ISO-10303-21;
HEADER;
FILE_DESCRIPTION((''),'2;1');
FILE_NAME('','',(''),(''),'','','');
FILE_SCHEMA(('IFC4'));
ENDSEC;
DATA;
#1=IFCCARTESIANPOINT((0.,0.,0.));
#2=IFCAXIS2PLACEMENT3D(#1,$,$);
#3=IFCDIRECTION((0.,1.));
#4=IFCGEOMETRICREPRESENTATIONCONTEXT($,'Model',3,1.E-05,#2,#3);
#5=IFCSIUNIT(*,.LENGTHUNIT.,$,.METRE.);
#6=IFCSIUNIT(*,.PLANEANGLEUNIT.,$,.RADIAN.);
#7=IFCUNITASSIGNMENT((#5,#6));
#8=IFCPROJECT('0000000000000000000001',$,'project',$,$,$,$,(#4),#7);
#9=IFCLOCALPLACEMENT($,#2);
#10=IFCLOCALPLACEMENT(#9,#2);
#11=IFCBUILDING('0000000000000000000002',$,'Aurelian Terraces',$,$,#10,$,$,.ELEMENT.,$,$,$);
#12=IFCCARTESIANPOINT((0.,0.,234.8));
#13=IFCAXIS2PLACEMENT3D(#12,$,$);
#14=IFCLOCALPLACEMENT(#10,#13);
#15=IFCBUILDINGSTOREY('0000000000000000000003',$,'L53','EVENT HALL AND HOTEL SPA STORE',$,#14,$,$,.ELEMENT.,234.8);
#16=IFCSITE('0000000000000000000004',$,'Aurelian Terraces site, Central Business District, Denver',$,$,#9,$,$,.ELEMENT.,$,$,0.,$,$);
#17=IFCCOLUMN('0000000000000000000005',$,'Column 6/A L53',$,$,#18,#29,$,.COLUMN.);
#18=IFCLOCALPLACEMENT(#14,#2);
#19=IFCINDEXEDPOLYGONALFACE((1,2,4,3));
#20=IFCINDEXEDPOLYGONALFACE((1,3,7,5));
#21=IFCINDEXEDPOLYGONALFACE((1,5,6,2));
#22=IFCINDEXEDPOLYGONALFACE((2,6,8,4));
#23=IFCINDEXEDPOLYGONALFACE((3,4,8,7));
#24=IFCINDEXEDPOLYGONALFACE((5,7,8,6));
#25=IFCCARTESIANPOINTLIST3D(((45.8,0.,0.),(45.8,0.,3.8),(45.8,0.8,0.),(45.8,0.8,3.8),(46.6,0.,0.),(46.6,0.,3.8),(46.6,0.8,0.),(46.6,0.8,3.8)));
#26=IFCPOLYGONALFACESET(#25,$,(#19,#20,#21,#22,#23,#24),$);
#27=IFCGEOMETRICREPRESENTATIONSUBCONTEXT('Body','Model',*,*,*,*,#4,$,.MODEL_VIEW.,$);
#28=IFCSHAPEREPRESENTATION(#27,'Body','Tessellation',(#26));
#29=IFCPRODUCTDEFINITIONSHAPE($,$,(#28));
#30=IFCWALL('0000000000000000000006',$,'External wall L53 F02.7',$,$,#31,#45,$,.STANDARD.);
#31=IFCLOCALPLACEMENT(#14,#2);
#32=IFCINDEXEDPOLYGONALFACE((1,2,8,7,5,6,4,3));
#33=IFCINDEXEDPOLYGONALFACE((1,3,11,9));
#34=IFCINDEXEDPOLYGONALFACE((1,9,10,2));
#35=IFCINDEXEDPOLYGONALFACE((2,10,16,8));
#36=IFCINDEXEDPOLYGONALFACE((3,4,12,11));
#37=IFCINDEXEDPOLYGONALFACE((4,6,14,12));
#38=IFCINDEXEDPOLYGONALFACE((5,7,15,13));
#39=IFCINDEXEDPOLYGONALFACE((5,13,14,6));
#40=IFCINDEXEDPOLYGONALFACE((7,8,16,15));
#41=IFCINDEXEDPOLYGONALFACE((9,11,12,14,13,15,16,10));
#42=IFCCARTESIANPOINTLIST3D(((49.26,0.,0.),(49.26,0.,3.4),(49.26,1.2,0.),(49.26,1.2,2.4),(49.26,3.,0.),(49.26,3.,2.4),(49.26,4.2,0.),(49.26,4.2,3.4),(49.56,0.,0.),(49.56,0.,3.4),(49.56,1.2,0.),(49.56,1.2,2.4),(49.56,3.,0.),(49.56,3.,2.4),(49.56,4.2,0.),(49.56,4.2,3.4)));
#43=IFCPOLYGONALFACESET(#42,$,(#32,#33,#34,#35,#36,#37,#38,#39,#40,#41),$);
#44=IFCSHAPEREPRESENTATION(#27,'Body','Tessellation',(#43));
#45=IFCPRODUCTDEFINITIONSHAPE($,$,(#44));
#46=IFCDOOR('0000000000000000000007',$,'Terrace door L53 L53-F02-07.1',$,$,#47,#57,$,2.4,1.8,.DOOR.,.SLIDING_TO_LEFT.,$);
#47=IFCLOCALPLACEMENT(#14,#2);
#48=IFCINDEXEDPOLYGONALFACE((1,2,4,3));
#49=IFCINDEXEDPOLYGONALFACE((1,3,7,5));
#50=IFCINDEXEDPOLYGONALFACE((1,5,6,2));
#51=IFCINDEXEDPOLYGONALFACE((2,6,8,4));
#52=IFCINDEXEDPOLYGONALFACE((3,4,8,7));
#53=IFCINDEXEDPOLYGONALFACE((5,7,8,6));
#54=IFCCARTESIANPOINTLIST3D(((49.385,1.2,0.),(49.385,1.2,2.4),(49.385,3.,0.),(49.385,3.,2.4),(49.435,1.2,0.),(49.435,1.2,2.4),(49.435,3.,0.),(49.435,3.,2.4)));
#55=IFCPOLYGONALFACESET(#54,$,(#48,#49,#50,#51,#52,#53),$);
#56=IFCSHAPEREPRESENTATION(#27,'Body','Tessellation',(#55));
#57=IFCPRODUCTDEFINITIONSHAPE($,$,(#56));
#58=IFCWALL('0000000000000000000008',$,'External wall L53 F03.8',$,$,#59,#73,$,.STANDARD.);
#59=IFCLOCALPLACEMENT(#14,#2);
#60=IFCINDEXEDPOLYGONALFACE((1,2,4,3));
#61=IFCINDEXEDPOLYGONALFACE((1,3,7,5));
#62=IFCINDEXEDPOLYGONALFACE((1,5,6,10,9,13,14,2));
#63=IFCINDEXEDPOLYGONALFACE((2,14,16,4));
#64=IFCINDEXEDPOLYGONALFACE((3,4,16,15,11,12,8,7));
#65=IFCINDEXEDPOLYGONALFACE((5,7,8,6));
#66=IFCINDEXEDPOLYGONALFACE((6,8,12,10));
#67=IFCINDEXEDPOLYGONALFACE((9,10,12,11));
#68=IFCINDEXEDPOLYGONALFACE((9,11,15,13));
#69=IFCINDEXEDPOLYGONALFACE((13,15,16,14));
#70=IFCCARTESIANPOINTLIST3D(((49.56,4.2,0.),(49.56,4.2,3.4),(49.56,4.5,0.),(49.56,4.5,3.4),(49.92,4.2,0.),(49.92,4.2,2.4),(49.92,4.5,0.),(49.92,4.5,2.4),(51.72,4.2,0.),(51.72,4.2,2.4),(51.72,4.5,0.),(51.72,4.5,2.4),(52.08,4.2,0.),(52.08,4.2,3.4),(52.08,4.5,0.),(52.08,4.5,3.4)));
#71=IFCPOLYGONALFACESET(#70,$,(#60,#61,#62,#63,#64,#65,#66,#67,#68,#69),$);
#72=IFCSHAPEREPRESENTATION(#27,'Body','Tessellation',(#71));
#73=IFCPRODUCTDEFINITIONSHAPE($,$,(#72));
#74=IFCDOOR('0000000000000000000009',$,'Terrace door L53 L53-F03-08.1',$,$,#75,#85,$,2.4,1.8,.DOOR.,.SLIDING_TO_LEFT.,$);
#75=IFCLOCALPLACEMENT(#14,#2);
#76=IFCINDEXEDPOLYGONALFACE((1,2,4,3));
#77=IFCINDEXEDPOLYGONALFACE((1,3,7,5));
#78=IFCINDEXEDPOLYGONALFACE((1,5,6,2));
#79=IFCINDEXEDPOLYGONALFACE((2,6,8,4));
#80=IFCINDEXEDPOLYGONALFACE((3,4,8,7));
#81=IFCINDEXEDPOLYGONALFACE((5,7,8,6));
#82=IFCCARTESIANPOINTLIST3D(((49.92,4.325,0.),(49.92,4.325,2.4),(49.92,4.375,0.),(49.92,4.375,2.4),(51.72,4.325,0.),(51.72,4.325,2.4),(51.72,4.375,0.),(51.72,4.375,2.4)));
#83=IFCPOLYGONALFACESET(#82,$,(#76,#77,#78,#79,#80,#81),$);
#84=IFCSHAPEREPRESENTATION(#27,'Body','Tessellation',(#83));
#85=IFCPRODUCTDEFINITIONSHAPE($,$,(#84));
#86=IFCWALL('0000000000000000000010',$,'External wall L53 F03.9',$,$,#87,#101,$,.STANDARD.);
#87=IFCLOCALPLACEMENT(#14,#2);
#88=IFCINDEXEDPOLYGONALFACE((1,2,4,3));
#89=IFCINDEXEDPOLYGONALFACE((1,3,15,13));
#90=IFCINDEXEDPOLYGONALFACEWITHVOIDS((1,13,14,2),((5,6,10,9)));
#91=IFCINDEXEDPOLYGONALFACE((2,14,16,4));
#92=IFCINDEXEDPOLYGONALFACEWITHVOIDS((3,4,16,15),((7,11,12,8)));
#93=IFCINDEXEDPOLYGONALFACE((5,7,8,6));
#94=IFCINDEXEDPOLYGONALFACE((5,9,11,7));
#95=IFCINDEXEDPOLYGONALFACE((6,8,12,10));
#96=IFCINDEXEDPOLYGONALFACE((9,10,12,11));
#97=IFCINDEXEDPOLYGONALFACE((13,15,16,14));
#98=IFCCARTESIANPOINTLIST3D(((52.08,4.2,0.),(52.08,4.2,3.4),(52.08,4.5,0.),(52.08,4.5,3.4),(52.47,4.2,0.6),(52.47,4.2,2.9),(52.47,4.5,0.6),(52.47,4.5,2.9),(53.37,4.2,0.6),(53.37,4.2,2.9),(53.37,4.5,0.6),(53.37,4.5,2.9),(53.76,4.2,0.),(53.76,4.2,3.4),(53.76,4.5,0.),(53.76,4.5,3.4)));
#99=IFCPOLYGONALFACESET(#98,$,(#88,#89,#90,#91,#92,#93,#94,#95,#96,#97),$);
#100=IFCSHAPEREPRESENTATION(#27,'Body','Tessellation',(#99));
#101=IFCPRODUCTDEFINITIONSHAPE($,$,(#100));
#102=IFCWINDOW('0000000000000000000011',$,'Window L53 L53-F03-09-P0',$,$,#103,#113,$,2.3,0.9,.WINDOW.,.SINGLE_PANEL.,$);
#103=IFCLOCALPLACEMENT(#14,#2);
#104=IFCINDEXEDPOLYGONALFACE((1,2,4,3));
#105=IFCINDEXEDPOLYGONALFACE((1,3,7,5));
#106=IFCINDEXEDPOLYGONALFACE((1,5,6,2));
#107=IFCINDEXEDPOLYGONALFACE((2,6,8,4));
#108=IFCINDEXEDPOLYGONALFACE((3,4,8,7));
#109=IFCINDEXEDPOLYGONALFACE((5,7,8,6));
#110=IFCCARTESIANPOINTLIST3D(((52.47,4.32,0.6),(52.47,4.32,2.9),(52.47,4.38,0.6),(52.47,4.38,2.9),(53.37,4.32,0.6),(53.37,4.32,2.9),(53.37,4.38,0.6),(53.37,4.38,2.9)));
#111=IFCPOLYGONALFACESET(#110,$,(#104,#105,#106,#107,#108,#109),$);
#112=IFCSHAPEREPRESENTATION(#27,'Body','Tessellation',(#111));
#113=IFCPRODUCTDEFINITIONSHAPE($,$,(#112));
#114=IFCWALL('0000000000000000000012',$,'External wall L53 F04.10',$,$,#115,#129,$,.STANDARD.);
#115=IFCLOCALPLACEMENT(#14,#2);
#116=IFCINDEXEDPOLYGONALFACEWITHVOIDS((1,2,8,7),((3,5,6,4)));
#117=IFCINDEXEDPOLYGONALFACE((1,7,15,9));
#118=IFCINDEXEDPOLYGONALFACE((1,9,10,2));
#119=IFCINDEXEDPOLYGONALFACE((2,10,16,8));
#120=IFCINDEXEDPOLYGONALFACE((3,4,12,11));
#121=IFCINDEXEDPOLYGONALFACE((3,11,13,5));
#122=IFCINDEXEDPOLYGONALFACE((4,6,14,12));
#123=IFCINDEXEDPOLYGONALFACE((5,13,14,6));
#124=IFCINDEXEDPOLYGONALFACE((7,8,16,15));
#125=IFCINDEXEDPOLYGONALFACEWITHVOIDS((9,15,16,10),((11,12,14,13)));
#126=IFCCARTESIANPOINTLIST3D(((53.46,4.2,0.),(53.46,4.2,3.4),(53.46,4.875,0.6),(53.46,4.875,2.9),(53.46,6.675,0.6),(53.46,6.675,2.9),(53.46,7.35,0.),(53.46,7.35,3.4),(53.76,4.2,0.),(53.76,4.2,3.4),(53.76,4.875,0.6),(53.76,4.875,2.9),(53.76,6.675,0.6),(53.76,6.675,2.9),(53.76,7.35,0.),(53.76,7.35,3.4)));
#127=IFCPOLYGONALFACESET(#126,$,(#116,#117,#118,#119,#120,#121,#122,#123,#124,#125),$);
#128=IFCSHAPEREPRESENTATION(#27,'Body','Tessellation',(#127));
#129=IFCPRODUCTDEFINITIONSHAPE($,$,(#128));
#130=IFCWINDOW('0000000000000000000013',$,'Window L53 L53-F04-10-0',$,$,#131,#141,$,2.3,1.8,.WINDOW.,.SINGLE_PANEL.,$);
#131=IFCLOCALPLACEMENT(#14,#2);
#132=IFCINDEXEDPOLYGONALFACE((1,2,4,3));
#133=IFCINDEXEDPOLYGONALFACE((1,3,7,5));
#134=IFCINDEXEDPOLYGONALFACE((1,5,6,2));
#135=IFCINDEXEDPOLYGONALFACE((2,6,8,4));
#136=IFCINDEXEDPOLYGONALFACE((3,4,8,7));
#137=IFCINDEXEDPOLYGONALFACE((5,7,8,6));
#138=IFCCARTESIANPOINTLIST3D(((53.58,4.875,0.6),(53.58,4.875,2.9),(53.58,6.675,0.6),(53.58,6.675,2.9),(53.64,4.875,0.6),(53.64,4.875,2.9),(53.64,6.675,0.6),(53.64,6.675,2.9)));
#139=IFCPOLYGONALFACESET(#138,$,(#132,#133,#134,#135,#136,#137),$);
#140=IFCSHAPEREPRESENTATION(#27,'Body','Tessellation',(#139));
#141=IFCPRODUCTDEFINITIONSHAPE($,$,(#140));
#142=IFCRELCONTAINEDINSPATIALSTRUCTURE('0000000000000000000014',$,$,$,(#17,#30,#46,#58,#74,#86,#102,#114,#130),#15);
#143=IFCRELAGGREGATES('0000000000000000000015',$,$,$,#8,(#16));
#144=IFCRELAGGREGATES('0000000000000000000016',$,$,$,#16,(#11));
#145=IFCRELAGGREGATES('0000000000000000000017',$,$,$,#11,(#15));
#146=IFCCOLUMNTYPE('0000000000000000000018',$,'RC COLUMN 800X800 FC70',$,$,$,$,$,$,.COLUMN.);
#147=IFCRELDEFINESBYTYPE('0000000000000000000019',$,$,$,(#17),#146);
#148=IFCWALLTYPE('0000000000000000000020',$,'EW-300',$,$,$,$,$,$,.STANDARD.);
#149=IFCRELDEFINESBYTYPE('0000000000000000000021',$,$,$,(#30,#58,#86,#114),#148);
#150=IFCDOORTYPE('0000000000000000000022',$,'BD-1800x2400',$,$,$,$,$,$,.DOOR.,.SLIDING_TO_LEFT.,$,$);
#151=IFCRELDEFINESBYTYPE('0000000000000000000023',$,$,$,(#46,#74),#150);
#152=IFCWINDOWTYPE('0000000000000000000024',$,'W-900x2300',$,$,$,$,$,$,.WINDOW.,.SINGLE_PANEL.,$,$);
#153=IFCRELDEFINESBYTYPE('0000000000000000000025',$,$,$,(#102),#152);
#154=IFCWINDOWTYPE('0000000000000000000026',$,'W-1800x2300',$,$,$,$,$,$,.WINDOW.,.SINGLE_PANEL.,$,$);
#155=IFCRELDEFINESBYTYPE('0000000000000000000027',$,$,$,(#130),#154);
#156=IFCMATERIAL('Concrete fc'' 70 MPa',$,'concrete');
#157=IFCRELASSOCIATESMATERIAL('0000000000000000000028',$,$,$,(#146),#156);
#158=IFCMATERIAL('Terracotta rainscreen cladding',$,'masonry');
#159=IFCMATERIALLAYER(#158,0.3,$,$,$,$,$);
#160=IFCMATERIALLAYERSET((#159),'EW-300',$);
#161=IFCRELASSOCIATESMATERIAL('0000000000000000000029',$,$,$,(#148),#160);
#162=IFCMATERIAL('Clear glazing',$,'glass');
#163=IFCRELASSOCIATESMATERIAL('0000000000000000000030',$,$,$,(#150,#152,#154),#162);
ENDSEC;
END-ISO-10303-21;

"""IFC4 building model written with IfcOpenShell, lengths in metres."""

from ifc_helpers import new_model, si_unit, direction, frame, frame_2d, origin, origin_2d, place, context, subcontext, project, spatial, rectangle, extrude, source, transform, mapped, material, layer, layer_set, material_profile, profile_set, type_object, element, fill, save


model = new_model("IFC4")

# Units and contexts
model_context = context("Model", 3, precision=1e-05, world=origin(), true_north=direction((0.0, 1.0)))
body_context = subcontext(model_context, "Body", "Model", "MODEL_VIEW")
ifc_project = project(units=[si_unit("LENGTHUNIT", "METRE"), si_unit("PLANEANGLEUNIT", "RADIAN")], contexts=[model_context])

# Site, building, storey
site_placement = place(None, origin())
site = spatial("IfcSite", under=ifc_project, at=site_placement, Name="Aurelian Terraces site, Central Business District, Denver", CompositionType="ELEMENT", RefElevation=0.0)
building_placement = place(site_placement, origin())
building = spatial("IfcBuilding", under=site, at=building_placement, Name="Aurelian Terraces", CompositionType="ELEMENT")
storey_placement = place(building_placement, frame((0.0, 0.0, 234.8)))
storey = spatial("IfcBuildingStorey", under=building, at=storey_placement, Name="L53", Description="EVENT HALL AND HOTEL SPA STORE", CompositionType="ELEMENT", Elevation=234.8)

# Column
ifc_material_1 = material(Name="Concrete fc' 70 MPa", Category="concrete")
ifc_material_profile = material_profile(ifc_material_1, rectangle(XDim=0.8, YDim=0.8, at=origin_2d()))
ifc_profile_set = profile_set([ifc_material_profile], Name="Concrete fc' 70 MPa")
column_type = type_object("IfcColumnType", Name="RC COLUMN 800X800 FC70", PredefinedType="COLUMN", material=ifc_profile_set)
shared_shape_1 = source(origin(), body_context, "Body", "SweptSolid", [
    extrude(rectangle(XDim=0.8, YDim=0.8, at=origin_2d()), origin(), (0.0, 0.0, 1.0), 3.8),
])
column_placement = place(storey_placement, frame((46.2, 0.4, 0.0), z_axis=(0.0, 0.0, 1.0), x_axis=(1.0, 0.0, 0.0)))
element("IfcColumn", 1, at=column_placement, inside=storey, type_object=column_type, Name="Column 6/A L53", PredefinedType="COLUMN", context=body_context, shape_type="MappedRepresentation", body=[
    mapped(shared_shape_1, transform((0.0, 0.0, 0.0), scale=1.0)),
])

# Walls, openings, doors
ifc_material_2 = material(Name="Terracotta rainscreen cladding", Category="masonry")
ifc_layer_1 = layer(ifc_material_2, 0.3)
ifc_layer_set_1 = layer_set([ifc_layer_1], Name="EW-300")
wall_type_1 = type_object("IfcWallType", Name="EW-300", PredefinedType="STANDARD", material=ifc_layer_set_1)
shared_shape_2 = source(origin(), body_context, "Body", "SweptSolid", [
    extrude(rectangle(XDim=4.2, YDim=0.3, at=frame_2d((2.1, 0.0))), origin(), (0.0, 0.0, 1.0), 3.4),
])
wall_1_placement = place(storey_placement, frame((49.41, 0.0, 0.0), z_axis=(0.0, 0.0, 1.0), x_axis=(0.0, 1.0, 0.0)))
wall_1 = element("IfcWall", 2, at=wall_1_placement, inside=storey, type_object=wall_type_1, Name="External wall L53 F02.7", PredefinedType="STANDARD", context=body_context, shape_type="MappedRepresentation", body=[
    mapped(shared_shape_2, transform((0.0, 0.0, 0.0), scale=1.0)),
])
shared_shape_3 = source(origin(), body_context, "Body", "SweptSolid", [
    extrude(rectangle(XDim=1.8, YDim=2.4, at=frame_2d((0.9, 1.2))), frame((0.0, 0.16, 0.0), z_axis=(0.0, -1.0, 0.0), x_axis=(1.0, 0.0, 0.0)), (0.0, 0.0, 1.0), 0.32),
])
opening_1_placement = place(wall_1_placement, frame((1.2, 0.0, 0.0)))
opening_1 = element("IfcOpeningElement", 3, at=opening_1_placement, cuts=wall_1, PredefinedType="OPENING", context=body_context, shape_type="MappedRepresentation", body=[
    mapped(shared_shape_3, transform((0.0, 0.0, 0.0), scale=1.0)),
])
ifc_material_3 = material(Name="Clear glazing", Category="glass")
door_type = type_object("IfcDoorType", Name="BD-1800x2400", OperationType="SLIDING_TO_LEFT", PredefinedType="DOOR", material=ifc_material_3)
shared_shape_4 = source(origin(), body_context, "Body", "SweptSolid", [
    extrude(rectangle(XDim=1.8, YDim=2.4, at=frame_2d((0.9, 1.2))), frame((0.0, 0.025, 0.0), z_axis=(0.0, -1.0, 0.0), x_axis=(1.0, 0.0, 0.0)), (0.0, 0.0, 1.0), 0.05),
])
door_1_placement = place(opening_1_placement, origin())
door_1 = element("IfcDoor", 4, at=door_1_placement, inside=storey, type_object=door_type, Name="Terrace door L53 L53-F02-07.1", OperationType="SLIDING_TO_LEFT", OverallHeight=2.4, OverallWidth=1.8, PredefinedType="DOOR", context=body_context, shape_type="MappedRepresentation", body=[
    mapped(shared_shape_4, transform((0.0, 0.0, 0.0), scale=1.0)),
])
fill(opening_1, door_1)
shared_shape_5 = source(origin(), body_context, "Body", "SweptSolid", [
    extrude(rectangle(XDim=2.52, YDim=0.3, at=frame_2d((1.26, 0.0))), origin(), (0.0, 0.0, 1.0), 3.4),
])
wall_2_placement = place(storey_placement, frame((49.56, 4.35, 0.0), z_axis=(0.0, 0.0, 1.0), x_axis=(1.0, 0.0, 0.0)))
wall_2 = element("IfcWall", 5, at=wall_2_placement, inside=storey, type_object=wall_type_1, Name="External wall L53 F03.8", PredefinedType="STANDARD", context=body_context, shape_type="MappedRepresentation", body=[
    mapped(shared_shape_5, transform((0.0, 0.0, 0.0), scale=1.0)),
])
opening_2_placement = place(wall_2_placement, frame((0.36, 0.0, 0.0)))
opening_2 = element("IfcOpeningElement", 6, at=opening_2_placement, cuts=wall_2, PredefinedType="OPENING", context=body_context, shape_type="MappedRepresentation", body=[
    mapped(shared_shape_3, transform((0.0, 0.0, 0.0), scale=1.0)),
])
door_2_placement = place(opening_2_placement, origin())
door_2 = element("IfcDoor", 7, at=door_2_placement, inside=storey, type_object=door_type, Name="Terrace door L53 L53-F03-08.1", OperationType="SLIDING_TO_LEFT", OverallHeight=2.4, OverallWidth=1.8, PredefinedType="DOOR", context=body_context, shape_type="MappedRepresentation", body=[
    mapped(shared_shape_4, transform((0.0, 0.0, 0.0), scale=1.0)),
])
fill(opening_2, door_2)

# Walls, openings, windows
shared_shape_6 = source(origin(), body_context, "Body", "SweptSolid", [
    extrude(rectangle(XDim=1.68, YDim=0.3, at=frame_2d((0.84, 0.0))), origin(), (0.0, 0.0, 1.0), 3.4),
])
wall_3_placement = place(storey_placement, frame((52.08, 4.35, 0.0), z_axis=(0.0, 0.0, 1.0), x_axis=(1.0, 0.0, 0.0)))
wall_3 = element("IfcWall", 8, at=wall_3_placement, inside=storey, type_object=wall_type_1, Name="External wall L53 F03.9", PredefinedType="STANDARD", context=body_context, shape_type="MappedRepresentation", body=[
    mapped(shared_shape_6, transform((0.0, 0.0, 0.0), scale=1.0)),
])
shared_shape_7 = source(origin(), body_context, "Body", "SweptSolid", [
    extrude(rectangle(XDim=0.9, YDim=2.3, at=frame_2d((0.45, 1.15))), frame((0.0, 0.16, 0.0), z_axis=(0.0, -1.0, 0.0), x_axis=(1.0, 0.0, 0.0)), (0.0, 0.0, 1.0), 0.32),
])
opening_3_placement = place(wall_3_placement, frame((0.39, 0.0, 0.6)))
opening_3 = element("IfcOpeningElement", 9, at=opening_3_placement, cuts=wall_3, PredefinedType="OPENING", context=body_context, shape_type="MappedRepresentation", body=[
    mapped(shared_shape_7, transform((0.0, 0.0, 0.0), scale=1.0)),
])
window_type_1 = type_object("IfcWindowType", Name="W-900x2300", PartitioningType="SINGLE_PANEL", PredefinedType="WINDOW", material=ifc_material_3)
shared_shape_8 = source(origin(), body_context, "Body", "SweptSolid", [
    extrude(rectangle(XDim=0.9, YDim=2.3, at=frame_2d((0.45, 1.15))), frame((0.0, 0.03, 0.0), z_axis=(0.0, -1.0, 0.0), x_axis=(1.0, 0.0, 0.0)), (0.0, 0.0, 1.0), 0.06),
])
window_1_placement = place(opening_3_placement, origin())
window_1 = element("IfcWindow", 10, at=window_1_placement, inside=storey, type_object=window_type_1, Name="Window L53 L53-F03-09-P0", OverallHeight=2.3, OverallWidth=0.9, PartitioningType="SINGLE_PANEL", PredefinedType="WINDOW", context=body_context, shape_type="MappedRepresentation", body=[
    mapped(shared_shape_8, transform((0.0, 0.0, 0.0), scale=1.0)),
])
fill(opening_3, window_1)
shared_shape_9 = source(origin(), body_context, "Body", "SweptSolid", [
    extrude(rectangle(XDim=3.15, YDim=0.3, at=frame_2d((1.575, 0.0))), origin(), (0.0, 0.0, 1.0), 3.4),
])
wall_4_placement = place(storey_placement, frame((53.61, 4.2, 0.0), z_axis=(0.0, 0.0, 1.0), x_axis=(0.0, 1.0, 0.0)))
wall_4 = element("IfcWall", 11, at=wall_4_placement, inside=storey, type_object=wall_type_1, Name="External wall L53 F04.10", PredefinedType="STANDARD", context=body_context, shape_type="MappedRepresentation", body=[
    mapped(shared_shape_9, transform((0.0, 0.0, 0.0), scale=1.0)),
])
shared_shape_10 = source(origin(), body_context, "Body", "SweptSolid", [
    extrude(rectangle(XDim=1.8, YDim=2.3, at=frame_2d((0.9, 1.15))), frame((0.0, 0.16, 0.0), z_axis=(0.0, -1.0, 0.0), x_axis=(1.0, 0.0, 0.0)), (0.0, 0.0, 1.0), 0.32),
])
opening_4_placement = place(wall_4_placement, frame((0.675, 0.0, 0.6)))
opening_4 = element("IfcOpeningElement", 12, at=opening_4_placement, cuts=wall_4, PredefinedType="OPENING", context=body_context, shape_type="MappedRepresentation", body=[
    mapped(shared_shape_10, transform((0.0, 0.0, 0.0), scale=1.0)),
])
window_type_2 = type_object("IfcWindowType", Name="W-1800x2300", PartitioningType="SINGLE_PANEL", PredefinedType="WINDOW", material=ifc_material_3)
shared_shape_11 = source(origin(), body_context, "Body", "SweptSolid", [
    extrude(rectangle(XDim=1.8, YDim=2.3, at=frame_2d((0.9, 1.15))), frame((0.0, 0.03, 0.0), z_axis=(0.0, -1.0, 0.0), x_axis=(1.0, 0.0, 0.0)), (0.0, 0.0, 1.0), 0.06),
])
window_2_placement = place(opening_4_placement, origin())
window_2 = element("IfcWindow", 13, at=window_2_placement, inside=storey, type_object=window_type_2, Name="Window L53 L53-F04-10-0", OverallHeight=2.3, OverallWidth=1.8, PartitioningType="SINGLE_PANEL", PredefinedType="WINDOW", context=body_context, shape_type="MappedRepresentation", body=[
    mapped(shared_shape_11, transform((0.0, 0.0, 0.0), scale=1.0)),
])
fill(opening_4, window_2)

save(model, "model.ifc")
